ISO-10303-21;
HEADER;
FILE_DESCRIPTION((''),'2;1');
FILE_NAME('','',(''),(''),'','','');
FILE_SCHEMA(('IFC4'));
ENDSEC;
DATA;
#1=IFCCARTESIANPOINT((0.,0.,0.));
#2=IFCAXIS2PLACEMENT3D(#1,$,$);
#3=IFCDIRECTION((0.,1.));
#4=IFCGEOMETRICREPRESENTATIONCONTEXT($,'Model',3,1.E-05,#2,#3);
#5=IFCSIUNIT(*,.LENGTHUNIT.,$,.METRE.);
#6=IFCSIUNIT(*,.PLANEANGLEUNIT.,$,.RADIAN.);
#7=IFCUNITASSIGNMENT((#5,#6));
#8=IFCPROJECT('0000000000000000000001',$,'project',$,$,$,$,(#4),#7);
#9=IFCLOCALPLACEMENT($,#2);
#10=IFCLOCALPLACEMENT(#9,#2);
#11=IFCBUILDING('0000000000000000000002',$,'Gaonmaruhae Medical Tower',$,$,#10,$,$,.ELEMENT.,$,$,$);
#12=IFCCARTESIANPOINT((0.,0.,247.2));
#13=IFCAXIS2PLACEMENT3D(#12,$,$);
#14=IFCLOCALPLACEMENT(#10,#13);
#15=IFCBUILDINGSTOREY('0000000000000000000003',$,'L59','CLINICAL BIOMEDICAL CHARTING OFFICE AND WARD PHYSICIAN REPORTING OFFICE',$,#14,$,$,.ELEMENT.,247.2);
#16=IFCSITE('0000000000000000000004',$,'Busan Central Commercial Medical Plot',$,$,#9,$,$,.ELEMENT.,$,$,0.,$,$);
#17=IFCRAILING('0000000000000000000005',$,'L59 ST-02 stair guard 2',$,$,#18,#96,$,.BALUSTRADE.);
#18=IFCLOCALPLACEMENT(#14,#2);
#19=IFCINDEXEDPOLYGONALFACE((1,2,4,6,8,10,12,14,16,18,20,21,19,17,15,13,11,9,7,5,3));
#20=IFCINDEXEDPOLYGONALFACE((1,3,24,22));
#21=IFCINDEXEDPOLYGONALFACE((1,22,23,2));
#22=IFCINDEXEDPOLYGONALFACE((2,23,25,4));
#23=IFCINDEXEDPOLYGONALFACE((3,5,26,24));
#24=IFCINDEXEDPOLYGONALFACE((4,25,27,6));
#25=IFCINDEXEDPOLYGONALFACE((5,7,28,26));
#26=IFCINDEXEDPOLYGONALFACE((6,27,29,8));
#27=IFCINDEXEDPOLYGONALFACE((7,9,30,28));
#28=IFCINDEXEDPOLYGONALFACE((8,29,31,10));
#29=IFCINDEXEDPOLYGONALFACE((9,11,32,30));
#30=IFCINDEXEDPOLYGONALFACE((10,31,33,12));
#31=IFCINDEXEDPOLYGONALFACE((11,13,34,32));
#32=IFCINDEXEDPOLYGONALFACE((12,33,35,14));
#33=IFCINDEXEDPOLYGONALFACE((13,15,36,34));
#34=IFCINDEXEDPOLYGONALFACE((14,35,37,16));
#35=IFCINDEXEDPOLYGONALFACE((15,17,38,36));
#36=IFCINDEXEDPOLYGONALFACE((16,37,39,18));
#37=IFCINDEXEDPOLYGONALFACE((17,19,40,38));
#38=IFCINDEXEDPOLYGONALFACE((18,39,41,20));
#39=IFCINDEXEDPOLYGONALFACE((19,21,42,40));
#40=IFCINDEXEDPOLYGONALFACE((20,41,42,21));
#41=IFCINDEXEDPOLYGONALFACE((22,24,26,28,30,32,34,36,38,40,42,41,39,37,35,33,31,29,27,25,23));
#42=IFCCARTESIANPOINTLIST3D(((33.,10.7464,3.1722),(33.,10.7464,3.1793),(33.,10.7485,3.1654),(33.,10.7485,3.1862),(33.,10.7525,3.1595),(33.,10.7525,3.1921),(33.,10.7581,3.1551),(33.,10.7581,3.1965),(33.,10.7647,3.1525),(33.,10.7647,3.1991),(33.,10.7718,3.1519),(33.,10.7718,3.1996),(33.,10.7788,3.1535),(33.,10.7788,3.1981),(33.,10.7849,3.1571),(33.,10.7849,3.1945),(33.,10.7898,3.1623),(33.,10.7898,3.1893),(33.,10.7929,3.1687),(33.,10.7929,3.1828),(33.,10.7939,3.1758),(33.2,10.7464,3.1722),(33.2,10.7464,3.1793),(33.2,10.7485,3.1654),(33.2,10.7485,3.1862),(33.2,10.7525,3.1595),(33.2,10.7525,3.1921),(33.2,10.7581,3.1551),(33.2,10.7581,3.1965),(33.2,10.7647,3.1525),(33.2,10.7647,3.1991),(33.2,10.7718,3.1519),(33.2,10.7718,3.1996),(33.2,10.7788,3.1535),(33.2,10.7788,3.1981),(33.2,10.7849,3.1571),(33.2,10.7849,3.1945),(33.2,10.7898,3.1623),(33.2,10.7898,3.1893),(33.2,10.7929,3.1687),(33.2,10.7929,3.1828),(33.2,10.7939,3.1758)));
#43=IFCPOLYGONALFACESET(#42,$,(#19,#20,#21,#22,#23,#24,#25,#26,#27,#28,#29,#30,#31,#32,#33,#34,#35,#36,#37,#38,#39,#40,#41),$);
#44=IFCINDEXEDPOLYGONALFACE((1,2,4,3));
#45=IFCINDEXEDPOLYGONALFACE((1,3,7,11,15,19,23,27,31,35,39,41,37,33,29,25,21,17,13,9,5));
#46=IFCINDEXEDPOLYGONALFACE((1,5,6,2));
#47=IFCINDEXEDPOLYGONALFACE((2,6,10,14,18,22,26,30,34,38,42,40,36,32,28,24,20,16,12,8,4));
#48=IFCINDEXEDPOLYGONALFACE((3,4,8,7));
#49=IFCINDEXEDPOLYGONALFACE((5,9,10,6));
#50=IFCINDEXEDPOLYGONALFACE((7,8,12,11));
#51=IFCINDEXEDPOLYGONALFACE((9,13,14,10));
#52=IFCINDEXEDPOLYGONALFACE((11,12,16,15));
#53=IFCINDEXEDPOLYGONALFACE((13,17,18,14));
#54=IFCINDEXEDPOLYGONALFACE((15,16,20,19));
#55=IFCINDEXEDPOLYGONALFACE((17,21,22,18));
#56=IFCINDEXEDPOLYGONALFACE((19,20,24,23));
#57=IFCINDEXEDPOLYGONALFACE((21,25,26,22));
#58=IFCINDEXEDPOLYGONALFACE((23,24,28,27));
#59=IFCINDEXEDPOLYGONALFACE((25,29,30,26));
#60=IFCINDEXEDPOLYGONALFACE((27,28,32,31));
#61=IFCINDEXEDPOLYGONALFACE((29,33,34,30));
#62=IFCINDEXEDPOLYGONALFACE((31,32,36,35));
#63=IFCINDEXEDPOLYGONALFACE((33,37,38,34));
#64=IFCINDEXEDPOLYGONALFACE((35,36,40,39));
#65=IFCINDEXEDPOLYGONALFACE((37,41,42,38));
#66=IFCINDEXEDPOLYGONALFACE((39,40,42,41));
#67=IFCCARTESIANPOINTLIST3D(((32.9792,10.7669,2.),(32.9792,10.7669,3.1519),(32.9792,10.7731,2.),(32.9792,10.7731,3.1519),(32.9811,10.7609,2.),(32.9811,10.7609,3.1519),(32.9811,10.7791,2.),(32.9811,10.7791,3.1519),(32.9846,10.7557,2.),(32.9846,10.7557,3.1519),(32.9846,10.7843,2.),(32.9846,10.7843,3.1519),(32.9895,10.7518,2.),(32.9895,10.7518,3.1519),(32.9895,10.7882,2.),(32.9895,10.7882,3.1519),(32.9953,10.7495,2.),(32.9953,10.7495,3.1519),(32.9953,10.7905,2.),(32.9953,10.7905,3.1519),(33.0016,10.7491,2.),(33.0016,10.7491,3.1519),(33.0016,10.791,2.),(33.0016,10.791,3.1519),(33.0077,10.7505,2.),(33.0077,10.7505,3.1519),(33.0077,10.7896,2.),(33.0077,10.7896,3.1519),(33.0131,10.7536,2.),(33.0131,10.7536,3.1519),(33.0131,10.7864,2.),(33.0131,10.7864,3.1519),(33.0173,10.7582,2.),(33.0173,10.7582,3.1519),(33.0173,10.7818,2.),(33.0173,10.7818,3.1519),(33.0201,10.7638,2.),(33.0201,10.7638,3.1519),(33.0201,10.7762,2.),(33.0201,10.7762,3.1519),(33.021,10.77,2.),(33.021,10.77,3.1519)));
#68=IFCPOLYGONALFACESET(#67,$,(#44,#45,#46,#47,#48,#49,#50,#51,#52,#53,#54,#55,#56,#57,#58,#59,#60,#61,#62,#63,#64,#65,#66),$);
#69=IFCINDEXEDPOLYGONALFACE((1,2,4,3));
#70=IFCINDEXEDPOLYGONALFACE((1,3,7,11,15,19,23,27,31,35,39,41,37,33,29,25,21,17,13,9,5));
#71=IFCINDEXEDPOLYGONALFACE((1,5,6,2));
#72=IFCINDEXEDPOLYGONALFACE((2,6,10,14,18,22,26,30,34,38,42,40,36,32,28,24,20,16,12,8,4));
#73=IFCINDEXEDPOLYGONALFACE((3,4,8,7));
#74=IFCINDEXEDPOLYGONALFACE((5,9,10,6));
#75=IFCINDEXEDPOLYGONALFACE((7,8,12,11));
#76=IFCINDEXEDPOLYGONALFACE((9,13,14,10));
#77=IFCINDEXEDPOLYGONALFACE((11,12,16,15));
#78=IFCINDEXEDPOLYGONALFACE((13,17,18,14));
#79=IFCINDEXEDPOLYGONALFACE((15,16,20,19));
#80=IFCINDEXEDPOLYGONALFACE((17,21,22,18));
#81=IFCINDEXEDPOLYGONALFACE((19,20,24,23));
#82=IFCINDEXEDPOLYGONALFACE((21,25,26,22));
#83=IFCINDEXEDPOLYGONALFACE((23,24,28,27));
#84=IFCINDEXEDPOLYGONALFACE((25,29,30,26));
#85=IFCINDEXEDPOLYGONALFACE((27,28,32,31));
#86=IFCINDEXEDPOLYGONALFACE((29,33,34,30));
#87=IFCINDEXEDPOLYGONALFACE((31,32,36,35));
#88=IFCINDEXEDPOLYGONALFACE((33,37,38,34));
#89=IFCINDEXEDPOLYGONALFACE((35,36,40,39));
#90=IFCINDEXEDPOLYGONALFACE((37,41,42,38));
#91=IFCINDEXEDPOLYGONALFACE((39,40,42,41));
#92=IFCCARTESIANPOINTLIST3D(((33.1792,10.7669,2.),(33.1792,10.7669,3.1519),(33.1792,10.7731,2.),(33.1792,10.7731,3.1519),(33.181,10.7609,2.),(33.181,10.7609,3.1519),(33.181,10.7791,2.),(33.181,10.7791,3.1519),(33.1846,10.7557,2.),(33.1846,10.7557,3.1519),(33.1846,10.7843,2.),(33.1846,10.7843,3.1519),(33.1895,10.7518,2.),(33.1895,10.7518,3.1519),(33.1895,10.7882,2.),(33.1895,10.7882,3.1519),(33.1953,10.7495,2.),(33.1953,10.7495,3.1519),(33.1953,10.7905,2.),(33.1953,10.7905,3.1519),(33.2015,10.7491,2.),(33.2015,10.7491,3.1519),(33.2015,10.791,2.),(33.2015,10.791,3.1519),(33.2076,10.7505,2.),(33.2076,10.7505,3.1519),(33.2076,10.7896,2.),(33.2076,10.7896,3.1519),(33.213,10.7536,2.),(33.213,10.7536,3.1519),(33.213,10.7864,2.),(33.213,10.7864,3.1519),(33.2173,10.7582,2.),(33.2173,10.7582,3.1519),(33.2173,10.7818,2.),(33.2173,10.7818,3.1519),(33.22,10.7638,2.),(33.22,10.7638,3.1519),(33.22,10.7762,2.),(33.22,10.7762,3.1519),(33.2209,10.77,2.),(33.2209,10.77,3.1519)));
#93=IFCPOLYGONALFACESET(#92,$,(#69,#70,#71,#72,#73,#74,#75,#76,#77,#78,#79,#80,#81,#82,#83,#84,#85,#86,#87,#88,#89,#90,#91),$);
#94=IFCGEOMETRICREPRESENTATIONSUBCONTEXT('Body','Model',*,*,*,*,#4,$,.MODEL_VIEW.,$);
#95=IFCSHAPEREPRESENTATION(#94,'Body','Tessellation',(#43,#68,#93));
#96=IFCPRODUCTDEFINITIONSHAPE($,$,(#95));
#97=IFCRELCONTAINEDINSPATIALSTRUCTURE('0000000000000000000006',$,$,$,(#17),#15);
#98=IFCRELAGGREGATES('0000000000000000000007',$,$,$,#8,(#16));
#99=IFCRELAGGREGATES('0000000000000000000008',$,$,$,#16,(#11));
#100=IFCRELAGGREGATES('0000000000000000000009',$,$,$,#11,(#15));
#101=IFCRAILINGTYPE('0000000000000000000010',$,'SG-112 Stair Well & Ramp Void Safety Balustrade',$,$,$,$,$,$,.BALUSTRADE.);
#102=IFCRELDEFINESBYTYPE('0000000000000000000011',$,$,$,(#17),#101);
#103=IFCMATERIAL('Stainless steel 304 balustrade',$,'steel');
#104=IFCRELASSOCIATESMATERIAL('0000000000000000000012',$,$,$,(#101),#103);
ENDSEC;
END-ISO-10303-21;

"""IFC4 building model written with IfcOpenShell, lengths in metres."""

from ifc_helpers import new_model, si_unit, direction, frame, origin, origin_2d, place, context, subcontext, project, spatial, circle, extrude, material, type_object, element, save


model = new_model("IFC4")

# Units and contexts
model_context = context("Model", 3, precision=1e-05, world=origin(), true_north=direction((0.0, 1.0)))
body_context = subcontext(model_context, "Body", "Model", "MODEL_VIEW")
ifc_project = project(units=[si_unit("LENGTHUNIT", "METRE"), si_unit("PLANEANGLEUNIT", "RADIAN")], contexts=[model_context])

# Site, building, storey
site_placement = place(None, origin())
site = spatial("IfcSite", under=ifc_project, at=site_placement, Name="Busan Central Commercial Medical Plot", CompositionType="ELEMENT", RefElevation=0.0)
building_placement = place(site_placement, origin())
building = spatial("IfcBuilding", under=site, at=building_placement, Name="Gaonmaruhae Medical Tower", CompositionType="ELEMENT")
storey_placement = place(building_placement, frame((0.0, 0.0, 247.2)))
storey = spatial("IfcBuildingStorey", under=building, at=storey_placement, Name="L59", Description="CLINICAL BIOMEDICAL CHARTING OFFICE AND WARD PHYSICIAN REPORTING OFFICE", CompositionType="ELEMENT", Elevation=247.2)

# Railing
ifc_material_1 = material(Name="Stainless steel 304 balustrade", Category="steel")
railing_type_1 = type_object("IfcRailingType", Name="SG-112 Stair Well & Ramp Void Safety Balustrade", PredefinedType="BALUSTRADE", material=ifc_material_1)
railing_1_placement = place(storey_placement, frame((33.0, 10.77, 2.0)))
element("IfcRailing", 1, at=railing_1_placement, inside=storey, type_object=railing_type_1, Name="L59 ST-02 stair guard 2", PredefinedType="BALUSTRADE", context=body_context, shape_type="SweptSolid", body=[
    extrude(circle(Radius=0.0239, at=origin_2d()), frame((0.0, 0.0, 1.1758), z_axis=(1.0, 0.0, 0.0), x_axis=(0.0, 1.0, 0.0)), (0.0, 0.0, 1.0), 0.2),
    extrude(circle(Radius=0.021, at=origin_2d()), origin(), (0.0, 0.0, 1.0), 1.1519),
    extrude(circle(Radius=0.021, at=origin_2d()), frame((0.2, 0.0, 0.0)), (0.0, 0.0, 1.0), 1.1519),
])

save(model, "model.ifc")
